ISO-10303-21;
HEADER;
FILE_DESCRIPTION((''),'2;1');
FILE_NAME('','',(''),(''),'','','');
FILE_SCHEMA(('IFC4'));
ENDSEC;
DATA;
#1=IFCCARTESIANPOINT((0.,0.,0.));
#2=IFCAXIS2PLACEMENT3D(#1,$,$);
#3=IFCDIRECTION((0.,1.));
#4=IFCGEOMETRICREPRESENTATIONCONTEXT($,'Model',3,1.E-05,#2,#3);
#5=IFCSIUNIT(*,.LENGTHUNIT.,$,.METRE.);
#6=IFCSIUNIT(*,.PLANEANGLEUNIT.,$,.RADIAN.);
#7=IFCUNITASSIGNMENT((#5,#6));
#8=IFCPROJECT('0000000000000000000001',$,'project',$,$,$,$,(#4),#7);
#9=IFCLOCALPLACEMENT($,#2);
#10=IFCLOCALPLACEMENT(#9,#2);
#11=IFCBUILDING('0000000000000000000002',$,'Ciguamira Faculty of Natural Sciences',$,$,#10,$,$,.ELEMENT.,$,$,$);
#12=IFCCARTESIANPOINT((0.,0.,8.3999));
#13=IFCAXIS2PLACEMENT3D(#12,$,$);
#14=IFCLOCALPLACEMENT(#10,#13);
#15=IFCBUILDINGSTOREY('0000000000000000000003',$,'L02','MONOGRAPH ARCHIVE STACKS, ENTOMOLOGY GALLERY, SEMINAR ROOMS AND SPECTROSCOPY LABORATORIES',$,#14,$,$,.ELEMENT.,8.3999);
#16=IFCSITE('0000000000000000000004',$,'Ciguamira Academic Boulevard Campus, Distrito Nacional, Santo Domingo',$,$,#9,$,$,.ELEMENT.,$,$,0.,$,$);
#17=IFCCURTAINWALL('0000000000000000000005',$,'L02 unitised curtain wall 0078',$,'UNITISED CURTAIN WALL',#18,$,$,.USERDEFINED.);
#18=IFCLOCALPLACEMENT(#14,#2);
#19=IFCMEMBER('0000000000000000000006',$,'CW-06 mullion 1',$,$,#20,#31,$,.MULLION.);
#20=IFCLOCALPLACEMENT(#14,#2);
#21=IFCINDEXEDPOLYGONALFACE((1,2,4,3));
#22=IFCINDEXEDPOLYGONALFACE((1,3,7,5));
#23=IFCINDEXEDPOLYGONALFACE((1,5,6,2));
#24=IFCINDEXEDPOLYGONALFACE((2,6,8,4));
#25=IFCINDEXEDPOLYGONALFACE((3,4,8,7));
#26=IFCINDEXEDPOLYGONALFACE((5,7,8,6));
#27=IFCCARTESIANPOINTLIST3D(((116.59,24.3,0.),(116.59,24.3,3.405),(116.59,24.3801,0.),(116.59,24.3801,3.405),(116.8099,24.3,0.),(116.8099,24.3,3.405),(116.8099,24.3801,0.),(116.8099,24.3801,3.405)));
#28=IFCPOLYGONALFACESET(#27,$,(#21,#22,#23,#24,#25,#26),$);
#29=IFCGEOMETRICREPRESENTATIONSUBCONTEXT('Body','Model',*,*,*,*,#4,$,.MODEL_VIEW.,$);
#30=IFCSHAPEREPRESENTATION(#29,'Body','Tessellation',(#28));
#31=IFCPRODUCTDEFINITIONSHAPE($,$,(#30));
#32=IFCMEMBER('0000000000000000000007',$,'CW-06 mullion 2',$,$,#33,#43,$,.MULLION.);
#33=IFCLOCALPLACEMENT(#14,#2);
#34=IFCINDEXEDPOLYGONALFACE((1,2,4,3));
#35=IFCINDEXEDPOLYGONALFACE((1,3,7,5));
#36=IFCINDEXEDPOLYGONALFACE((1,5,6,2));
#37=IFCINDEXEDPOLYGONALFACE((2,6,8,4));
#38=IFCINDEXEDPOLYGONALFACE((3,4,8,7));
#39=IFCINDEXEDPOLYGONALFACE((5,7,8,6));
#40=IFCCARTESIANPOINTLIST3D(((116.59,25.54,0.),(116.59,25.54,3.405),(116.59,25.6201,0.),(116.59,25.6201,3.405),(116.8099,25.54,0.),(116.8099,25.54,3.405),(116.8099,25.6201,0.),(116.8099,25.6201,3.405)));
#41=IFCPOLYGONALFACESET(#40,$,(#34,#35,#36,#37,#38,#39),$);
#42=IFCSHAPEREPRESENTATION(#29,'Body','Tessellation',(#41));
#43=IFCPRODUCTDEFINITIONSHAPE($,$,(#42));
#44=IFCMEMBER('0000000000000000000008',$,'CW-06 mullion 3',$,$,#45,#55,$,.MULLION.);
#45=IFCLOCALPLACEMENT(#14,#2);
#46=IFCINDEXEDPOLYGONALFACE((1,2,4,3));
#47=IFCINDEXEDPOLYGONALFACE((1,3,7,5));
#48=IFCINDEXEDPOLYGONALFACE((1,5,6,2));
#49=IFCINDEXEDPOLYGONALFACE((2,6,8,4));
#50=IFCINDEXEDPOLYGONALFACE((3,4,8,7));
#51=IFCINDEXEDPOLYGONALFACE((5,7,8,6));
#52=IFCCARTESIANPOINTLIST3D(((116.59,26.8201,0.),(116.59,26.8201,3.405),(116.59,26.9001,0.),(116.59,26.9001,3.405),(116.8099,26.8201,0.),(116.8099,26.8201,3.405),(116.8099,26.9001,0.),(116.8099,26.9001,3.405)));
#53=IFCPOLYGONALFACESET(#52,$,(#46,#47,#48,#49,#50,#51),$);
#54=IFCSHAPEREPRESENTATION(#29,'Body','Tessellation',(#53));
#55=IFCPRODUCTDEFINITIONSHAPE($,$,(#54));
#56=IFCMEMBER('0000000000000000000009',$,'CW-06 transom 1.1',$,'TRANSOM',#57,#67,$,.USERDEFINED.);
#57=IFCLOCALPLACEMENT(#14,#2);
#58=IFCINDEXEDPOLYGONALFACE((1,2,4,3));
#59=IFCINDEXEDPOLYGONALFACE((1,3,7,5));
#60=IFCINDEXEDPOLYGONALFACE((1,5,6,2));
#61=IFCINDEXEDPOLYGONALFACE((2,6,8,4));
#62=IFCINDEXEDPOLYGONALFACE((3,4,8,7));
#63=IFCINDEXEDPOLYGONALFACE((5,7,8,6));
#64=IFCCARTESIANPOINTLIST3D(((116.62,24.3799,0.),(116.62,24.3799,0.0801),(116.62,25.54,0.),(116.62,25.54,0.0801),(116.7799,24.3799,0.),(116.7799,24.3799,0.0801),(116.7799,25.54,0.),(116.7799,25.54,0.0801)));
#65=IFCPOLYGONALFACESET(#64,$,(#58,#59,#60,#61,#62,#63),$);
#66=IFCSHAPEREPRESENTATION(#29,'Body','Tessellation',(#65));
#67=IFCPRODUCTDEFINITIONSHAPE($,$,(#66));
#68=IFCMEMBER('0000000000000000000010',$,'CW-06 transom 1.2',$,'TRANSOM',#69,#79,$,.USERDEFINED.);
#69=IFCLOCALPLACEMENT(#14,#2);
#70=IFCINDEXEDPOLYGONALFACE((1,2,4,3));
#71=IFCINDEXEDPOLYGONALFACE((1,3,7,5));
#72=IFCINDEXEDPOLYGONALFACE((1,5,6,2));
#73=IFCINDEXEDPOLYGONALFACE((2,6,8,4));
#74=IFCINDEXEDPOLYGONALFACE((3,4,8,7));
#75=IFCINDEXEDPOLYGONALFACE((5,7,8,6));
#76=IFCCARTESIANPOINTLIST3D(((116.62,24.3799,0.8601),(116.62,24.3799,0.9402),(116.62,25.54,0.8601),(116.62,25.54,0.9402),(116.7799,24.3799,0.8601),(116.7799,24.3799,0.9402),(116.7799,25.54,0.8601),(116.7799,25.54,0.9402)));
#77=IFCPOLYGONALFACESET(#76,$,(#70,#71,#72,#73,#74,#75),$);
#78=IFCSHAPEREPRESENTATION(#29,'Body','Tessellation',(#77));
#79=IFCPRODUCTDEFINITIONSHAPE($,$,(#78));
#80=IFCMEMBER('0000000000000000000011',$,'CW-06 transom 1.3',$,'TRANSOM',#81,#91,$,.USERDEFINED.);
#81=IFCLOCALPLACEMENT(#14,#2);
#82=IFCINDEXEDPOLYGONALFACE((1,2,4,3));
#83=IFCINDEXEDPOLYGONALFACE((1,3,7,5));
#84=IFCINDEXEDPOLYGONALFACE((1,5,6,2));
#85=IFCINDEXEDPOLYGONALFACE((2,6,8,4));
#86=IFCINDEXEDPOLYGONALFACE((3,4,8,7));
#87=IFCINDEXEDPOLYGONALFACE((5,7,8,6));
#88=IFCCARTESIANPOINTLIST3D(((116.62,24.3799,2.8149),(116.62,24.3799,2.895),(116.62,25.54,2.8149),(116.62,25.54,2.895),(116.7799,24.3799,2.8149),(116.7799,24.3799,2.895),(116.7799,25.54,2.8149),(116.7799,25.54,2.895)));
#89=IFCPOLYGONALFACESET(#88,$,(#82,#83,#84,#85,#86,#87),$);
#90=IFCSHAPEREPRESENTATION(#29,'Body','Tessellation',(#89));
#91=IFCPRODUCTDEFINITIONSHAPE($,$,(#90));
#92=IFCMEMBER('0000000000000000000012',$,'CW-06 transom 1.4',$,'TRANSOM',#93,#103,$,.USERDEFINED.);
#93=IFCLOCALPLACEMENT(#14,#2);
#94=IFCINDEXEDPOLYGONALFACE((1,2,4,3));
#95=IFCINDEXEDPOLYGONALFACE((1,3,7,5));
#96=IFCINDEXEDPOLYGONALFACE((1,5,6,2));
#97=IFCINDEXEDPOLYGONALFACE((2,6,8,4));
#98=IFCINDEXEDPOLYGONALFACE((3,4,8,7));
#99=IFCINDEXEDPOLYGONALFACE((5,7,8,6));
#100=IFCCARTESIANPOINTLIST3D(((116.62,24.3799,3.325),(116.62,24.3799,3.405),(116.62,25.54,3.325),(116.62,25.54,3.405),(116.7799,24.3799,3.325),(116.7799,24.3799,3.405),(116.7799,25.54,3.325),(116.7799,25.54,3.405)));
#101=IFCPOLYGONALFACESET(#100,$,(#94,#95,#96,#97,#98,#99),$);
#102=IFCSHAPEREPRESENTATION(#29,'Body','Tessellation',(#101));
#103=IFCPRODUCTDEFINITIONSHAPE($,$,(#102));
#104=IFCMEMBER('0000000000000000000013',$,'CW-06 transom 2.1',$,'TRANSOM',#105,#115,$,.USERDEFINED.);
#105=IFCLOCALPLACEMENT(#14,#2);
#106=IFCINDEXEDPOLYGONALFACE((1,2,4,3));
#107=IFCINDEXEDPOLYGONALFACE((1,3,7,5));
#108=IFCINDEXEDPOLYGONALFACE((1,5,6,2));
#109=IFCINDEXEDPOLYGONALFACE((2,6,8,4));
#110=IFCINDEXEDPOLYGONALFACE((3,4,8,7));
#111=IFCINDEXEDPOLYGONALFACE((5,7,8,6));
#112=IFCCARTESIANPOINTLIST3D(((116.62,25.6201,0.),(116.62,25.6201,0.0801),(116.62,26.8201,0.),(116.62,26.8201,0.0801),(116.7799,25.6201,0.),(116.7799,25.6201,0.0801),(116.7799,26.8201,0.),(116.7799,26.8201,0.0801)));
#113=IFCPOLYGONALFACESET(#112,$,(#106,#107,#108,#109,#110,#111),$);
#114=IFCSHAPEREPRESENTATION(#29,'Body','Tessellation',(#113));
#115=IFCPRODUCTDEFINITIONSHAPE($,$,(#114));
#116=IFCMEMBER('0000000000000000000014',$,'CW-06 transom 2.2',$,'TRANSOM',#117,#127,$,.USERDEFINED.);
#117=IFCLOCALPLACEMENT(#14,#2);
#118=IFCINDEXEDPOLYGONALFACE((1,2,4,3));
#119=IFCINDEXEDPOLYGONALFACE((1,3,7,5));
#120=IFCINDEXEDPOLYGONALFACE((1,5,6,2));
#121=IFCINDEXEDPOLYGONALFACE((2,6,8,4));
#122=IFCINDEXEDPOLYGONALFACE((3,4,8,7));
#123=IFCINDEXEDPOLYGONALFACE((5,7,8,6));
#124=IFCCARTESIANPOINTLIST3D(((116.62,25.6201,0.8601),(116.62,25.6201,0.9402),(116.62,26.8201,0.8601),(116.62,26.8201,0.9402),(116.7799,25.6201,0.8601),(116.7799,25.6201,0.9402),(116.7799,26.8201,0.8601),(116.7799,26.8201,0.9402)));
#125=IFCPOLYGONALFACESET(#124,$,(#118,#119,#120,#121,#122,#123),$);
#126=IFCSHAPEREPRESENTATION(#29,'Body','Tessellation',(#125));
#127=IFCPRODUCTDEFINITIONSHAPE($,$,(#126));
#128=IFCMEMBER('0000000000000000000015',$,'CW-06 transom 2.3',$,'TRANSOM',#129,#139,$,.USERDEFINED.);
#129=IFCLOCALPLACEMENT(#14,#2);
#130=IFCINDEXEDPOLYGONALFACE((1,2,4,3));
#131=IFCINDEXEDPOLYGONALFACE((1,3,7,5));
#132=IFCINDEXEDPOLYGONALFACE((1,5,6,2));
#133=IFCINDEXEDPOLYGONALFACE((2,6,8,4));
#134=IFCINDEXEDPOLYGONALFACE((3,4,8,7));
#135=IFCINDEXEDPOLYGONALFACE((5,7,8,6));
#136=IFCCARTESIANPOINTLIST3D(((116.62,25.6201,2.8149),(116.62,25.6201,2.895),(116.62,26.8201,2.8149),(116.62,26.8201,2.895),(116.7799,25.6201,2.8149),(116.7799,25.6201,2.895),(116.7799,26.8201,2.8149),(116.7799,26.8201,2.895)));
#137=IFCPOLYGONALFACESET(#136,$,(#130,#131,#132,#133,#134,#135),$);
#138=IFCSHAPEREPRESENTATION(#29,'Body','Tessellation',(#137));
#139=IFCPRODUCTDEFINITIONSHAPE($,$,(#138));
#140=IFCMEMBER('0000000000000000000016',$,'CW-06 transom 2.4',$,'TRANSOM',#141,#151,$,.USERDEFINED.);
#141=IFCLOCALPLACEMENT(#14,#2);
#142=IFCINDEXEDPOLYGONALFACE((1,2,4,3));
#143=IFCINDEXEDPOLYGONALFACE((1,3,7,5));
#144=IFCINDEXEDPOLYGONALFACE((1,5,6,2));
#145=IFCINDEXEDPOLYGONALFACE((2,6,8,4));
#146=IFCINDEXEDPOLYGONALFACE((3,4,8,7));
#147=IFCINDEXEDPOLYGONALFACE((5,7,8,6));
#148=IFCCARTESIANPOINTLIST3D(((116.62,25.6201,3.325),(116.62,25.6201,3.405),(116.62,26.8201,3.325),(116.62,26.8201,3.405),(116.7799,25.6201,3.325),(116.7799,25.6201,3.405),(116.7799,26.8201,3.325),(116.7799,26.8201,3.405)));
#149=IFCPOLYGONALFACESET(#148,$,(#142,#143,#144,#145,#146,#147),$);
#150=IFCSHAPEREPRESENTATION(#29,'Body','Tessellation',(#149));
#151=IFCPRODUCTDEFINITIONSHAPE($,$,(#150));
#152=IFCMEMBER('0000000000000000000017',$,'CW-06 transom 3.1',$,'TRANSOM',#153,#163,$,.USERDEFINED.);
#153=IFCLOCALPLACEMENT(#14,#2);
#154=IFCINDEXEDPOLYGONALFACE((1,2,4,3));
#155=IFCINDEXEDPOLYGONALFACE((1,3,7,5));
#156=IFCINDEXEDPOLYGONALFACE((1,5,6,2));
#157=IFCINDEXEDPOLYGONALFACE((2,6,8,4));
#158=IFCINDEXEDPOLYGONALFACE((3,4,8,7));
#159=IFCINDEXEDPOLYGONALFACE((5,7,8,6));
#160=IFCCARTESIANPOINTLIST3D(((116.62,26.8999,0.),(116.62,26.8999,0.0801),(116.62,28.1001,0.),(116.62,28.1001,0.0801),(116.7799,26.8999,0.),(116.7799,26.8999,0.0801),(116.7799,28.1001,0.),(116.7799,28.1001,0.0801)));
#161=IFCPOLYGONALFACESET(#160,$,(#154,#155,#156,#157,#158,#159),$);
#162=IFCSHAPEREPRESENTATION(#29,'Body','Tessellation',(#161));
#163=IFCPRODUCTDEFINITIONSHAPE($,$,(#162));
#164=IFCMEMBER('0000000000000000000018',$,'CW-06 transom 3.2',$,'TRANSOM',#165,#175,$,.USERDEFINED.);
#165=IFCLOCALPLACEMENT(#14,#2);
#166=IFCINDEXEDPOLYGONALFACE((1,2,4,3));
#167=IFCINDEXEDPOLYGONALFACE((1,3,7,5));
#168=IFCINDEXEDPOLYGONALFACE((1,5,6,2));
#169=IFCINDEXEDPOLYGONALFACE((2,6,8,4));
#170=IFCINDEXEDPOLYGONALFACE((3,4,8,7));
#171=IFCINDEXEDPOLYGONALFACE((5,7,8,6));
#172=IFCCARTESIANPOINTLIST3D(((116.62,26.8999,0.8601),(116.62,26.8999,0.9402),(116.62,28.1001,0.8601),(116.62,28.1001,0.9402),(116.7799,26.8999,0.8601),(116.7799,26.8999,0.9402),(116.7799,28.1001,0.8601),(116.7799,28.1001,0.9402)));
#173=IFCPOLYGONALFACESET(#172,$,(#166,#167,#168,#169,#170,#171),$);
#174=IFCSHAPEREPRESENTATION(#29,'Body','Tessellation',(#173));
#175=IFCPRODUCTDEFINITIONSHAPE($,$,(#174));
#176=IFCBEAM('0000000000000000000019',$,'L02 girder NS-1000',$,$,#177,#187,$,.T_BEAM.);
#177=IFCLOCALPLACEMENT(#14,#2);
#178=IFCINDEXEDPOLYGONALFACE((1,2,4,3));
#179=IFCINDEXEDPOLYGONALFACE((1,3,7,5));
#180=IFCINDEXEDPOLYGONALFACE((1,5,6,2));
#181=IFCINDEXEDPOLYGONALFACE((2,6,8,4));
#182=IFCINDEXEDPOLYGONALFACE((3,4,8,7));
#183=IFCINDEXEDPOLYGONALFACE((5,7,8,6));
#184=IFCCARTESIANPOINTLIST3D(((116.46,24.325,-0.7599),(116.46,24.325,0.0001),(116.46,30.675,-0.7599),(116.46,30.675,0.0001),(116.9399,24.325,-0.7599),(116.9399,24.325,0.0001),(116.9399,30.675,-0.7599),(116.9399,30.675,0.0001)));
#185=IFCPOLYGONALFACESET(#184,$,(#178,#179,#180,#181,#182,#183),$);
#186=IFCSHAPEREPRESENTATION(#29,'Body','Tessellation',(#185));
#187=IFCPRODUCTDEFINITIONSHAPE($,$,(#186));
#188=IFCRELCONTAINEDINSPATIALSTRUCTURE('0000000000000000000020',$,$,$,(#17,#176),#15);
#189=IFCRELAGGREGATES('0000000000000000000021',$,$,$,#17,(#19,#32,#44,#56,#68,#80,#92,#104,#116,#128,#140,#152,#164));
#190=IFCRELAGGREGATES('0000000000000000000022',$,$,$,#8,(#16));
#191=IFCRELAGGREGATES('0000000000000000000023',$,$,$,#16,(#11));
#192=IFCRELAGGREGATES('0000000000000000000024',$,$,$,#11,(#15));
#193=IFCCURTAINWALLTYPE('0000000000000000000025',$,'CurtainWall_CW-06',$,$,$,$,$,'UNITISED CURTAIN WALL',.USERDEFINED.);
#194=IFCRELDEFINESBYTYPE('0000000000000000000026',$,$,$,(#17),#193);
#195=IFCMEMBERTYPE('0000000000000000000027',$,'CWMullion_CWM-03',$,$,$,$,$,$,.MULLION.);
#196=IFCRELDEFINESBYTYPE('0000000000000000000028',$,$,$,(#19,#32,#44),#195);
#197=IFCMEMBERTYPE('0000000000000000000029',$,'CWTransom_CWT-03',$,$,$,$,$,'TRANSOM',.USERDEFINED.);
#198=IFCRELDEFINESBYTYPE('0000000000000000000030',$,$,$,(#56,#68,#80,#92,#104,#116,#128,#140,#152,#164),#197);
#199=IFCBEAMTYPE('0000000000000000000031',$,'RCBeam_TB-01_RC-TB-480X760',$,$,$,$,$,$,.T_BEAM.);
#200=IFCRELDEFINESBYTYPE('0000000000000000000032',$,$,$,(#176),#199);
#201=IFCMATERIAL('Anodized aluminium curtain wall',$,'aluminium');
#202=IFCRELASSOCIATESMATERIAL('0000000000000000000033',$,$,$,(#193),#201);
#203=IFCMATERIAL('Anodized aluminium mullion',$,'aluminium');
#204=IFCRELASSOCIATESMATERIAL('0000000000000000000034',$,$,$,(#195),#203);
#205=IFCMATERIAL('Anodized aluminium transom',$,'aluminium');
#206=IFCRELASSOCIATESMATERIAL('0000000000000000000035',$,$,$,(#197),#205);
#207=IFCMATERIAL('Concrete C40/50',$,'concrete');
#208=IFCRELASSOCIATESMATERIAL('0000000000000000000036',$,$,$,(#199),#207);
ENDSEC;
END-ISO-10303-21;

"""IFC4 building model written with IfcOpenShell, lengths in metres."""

from ifc_helpers import new_model, si_unit, direction, frame, origin, origin_2d, place, context, subcontext, project, spatial, rectangle, extrude, material, material_profile, profile_set, type_object, element, aggregate, save


model = new_model("IFC4")

# Units and contexts
model_context = context("Model", 3, precision=1e-05, world=origin(), true_north=direction((0.0, 1.0)))
body_context = subcontext(model_context, "Body", "Model", "MODEL_VIEW")
ifc_project = project(units=[si_unit("LENGTHUNIT", "METRE"), si_unit("PLANEANGLEUNIT", "RADIAN")], contexts=[model_context])

# Site, building, storey
site_placement = place(None, origin())
site = spatial("IfcSite", under=ifc_project, at=site_placement, Name="Ciguamira Academic Boulevard Campus, Distrito Nacional, Santo Domingo", CompositionType="ELEMENT", RefElevation=0.0)
building_placement = place(site_placement, origin())
building = spatial("IfcBuilding", under=site, at=building_placement, Name="Ciguamira Faculty of Natural Sciences", CompositionType="ELEMENT")
storey_placement = place(building_placement, frame((0.0, 0.0, 8.3999)))
storey = spatial("IfcBuildingStorey", under=building, at=storey_placement, Name="L02", Description="MONOGRAPH ARCHIVE STACKS, ENTOMOLOGY GALLERY, SEMINAR ROOMS AND SPECTROSCOPY LABORATORIES", CompositionType="ELEMENT", Elevation=8.3999)

# Curtain wall, members
ifc_material_1 = material(Name="Anodized aluminium curtain wall", Category="aluminium")
curtain_wall_type = type_object("IfcCurtainWallType", Name="CurtainWall_CW-06", ElementType="UNITISED CURTAIN WALL", PredefinedType="USERDEFINED", material=ifc_material_1)
curtain_wall_placement = place(storey_placement, origin())
curtain_wall = element("IfcCurtainWall", 1, at=curtain_wall_placement, inside=storey, type_object=curtain_wall_type, Name="L02 unitised curtain wall 0078", ObjectType="UNITISED CURTAIN WALL", PredefinedType="USERDEFINED")
ifc_material_2 = material(Name="Anodized aluminium mullion", Category="aluminium")
ifc_material_profile_1 = material_profile(ifc_material_2, rectangle(XDim=0.0801, YDim=0.22, at=origin_2d()), Name="ALU-MUL-80X220")
ifc_profile_set_1 = profile_set([ifc_material_profile_1], Name="Anodized aluminium mullion")
member_type_1 = type_object("IfcMemberType", Name="CWMullion_CWM-03", PredefinedType="MULLION", material=ifc_profile_set_1)
member_1_placement = place(storey_placement, frame((116.7, 24.3401, 0.0), z_axis=(0.0, 0.0, 1.0), x_axis=(0.0, 1.0, 0.0)))
member_1 = element("IfcMember", 2, at=member_1_placement, type_object=member_type_1, Name="CW-06 mullion 1", PredefinedType="MULLION", context=body_context, shape_type="SweptSolid", body=[
    extrude(rectangle(XDim=0.0801, YDim=0.22, at=origin_2d()), origin(), (0.0, 0.0, 1.0), 3.405),
])
member_2_placement = place(storey_placement, frame((116.7, 25.5801, 0.0), z_axis=(0.0, 0.0, 1.0), x_axis=(0.0, 1.0, 0.0)))
member_2 = element("IfcMember", 3, at=member_2_placement, type_object=member_type_1, Name="CW-06 mullion 2", PredefinedType="MULLION", context=body_context, shape_type="SweptSolid", body=[
    extrude(rectangle(XDim=0.0801, YDim=0.22, at=origin_2d()), origin(), (0.0, 0.0, 1.0), 3.405),
])
member_3_placement = place(storey_placement, frame((116.7, 26.8601, 0.0), z_axis=(0.0, 0.0, 1.0), x_axis=(0.0, 1.0, 0.0)))
member_3 = element("IfcMember", 4, at=member_3_placement, type_object=member_type_1, Name="CW-06 mullion 3", PredefinedType="MULLION", context=body_context, shape_type="SweptSolid", body=[
    extrude(rectangle(XDim=0.0801, YDim=0.22, at=origin_2d()), origin(), (0.0, 0.0, 1.0), 3.405),
])
ifc_material_3 = material(Name="Anodized aluminium transom", Category="aluminium")
ifc_material_profile_2 = material_profile(ifc_material_3, rectangle(XDim=0.0801, YDim=0.1599, at=origin_2d()), Name="ALU-TRN-80X160")
ifc_profile_set_2 = profile_set([ifc_material_profile_2], Name="Anodized aluminium transom")
member_type_2 = type_object("IfcMemberType", Name="CWTransom_CWT-03", ElementType="TRANSOM", PredefinedType="USERDEFINED", material=ifc_profile_set_2)
member_4_placement = place(storey_placement, frame((116.7, 24.3799, 0.04), z_axis=(0.0, 1.0, 0.0), x_axis=(0.0, 0.0, 1.0)))
member_4 = element("IfcMember", 5, at=member_4_placement, type_object=member_type_2, Name="CW-06 transom 1.1", ObjectType="TRANSOM", PredefinedType="USERDEFINED", context=body_context, shape_type="SweptSolid", body=[
    extrude(rectangle(XDim=0.0801, YDim=0.1599, at=origin_2d()), origin(), (0.0, 0.0, 1.0), 1.1602),
])
member_5_placement = place(storey_placement, frame((116.7, 24.3799, 0.9001), z_axis=(0.0, 1.0, 0.0), x_axis=(0.0, 0.0, 1.0)))
member_5 = element("IfcMember", 6, at=member_5_placement, type_object=member_type_2, Name="CW-06 transom 1.2", ObjectType="TRANSOM", PredefinedType="USERDEFINED", context=body_context, shape_type="SweptSolid", body=[
    extrude(rectangle(XDim=0.0801, YDim=0.1599, at=origin_2d()), origin(), (0.0, 0.0, 1.0), 1.1602),
])
member_6_placement = place(storey_placement, frame((116.7, 24.3799, 2.855), z_axis=(0.0, 1.0, 0.0), x_axis=(0.0, 0.0, 1.0)))
member_6 = element("IfcMember", 7, at=member_6_placement, type_object=member_type_2, Name="CW-06 transom 1.3", ObjectType="TRANSOM", PredefinedType="USERDEFINED", context=body_context, shape_type="SweptSolid", body=[
    extrude(rectangle(XDim=0.0801, YDim=0.1599, at=origin_2d()), origin(), (0.0, 0.0, 1.0), 1.1602),
])
member_7_placement = place(storey_placement, frame((116.7, 24.3799, 3.365), z_axis=(0.0, 1.0, 0.0), x_axis=(0.0, 0.0, 1.0)))
member_7 = element("IfcMember", 8, at=member_7_placement, type_object=member_type_2, Name="CW-06 transom 1.4", ObjectType="TRANSOM", PredefinedType="USERDEFINED", context=body_context, shape_type="SweptSolid", body=[
    extrude(rectangle(XDim=0.0801, YDim=0.1599, at=origin_2d()), origin(), (0.0, 0.0, 1.0), 1.1602),
])
member_8_placement = place(storey_placement, frame((116.7, 25.6201, 0.04), z_axis=(0.0, 1.0, 0.0), x_axis=(0.0, 0.0, 1.0)))
member_8 = element("IfcMember", 9, at=member_8_placement, type_object=member_type_2, Name="CW-06 transom 2.1", ObjectType="TRANSOM", PredefinedType="USERDEFINED", context=body_context, shape_type="SweptSolid", body=[
    extrude(rectangle(XDim=0.0801, YDim=0.1599, at=origin_2d()), origin(), (0.0, 0.0, 1.0), 1.2),
])
member_9_placement = place(storey_placement, frame((116.7, 25.6201, 0.9001), z_axis=(0.0, 1.0, 0.0), x_axis=(0.0, 0.0, 1.0)))
member_9 = element("IfcMember", 10, at=member_9_placement, type_object=member_type_2, Name="CW-06 transom 2.2", ObjectType="TRANSOM", PredefinedType="USERDEFINED", context=body_context, shape_type="SweptSolid", body=[
    extrude(rectangle(XDim=0.0801, YDim=0.1599, at=origin_2d()), origin(), (0.0, 0.0, 1.0), 1.2),
])
member_10_placement = place(storey_placement, frame((116.7, 25.6201, 2.855), z_axis=(0.0, 1.0, 0.0), x_axis=(0.0, 0.0, 1.0)))
member_10 = element("IfcMember", 11, at=member_10_placement, type_object=member_type_2, Name="CW-06 transom 2.3", ObjectType="TRANSOM", PredefinedType="USERDEFINED", context=body_context, shape_type="SweptSolid", body=[
    extrude(rectangle(XDim=0.0801, YDim=0.1599, at=origin_2d()), origin(), (0.0, 0.0, 1.0), 1.2),
])
member_11_placement = place(storey_placement, frame((116.7, 25.6201, 3.365), z_axis=(0.0, 1.0, 0.0), x_axis=(0.0, 0.0, 1.0)))
member_11 = element("IfcMember", 12, at=member_11_placement, type_object=member_type_2, Name="CW-06 transom 2.4", ObjectType="TRANSOM", PredefinedType="USERDEFINED", context=body_context, shape_type="SweptSolid", body=[
    extrude(rectangle(XDim=0.0801, YDim=0.1599, at=origin_2d()), origin(), (0.0, 0.0, 1.0), 1.2),
])
member_12_placement = place(storey_placement, frame((116.7, 26.8999, 0.04), z_axis=(0.0, 1.0, 0.0), x_axis=(0.0, 0.0, 1.0)))
member_12 = element("IfcMember", 13, at=member_12_placement, type_object=member_type_2, Name="CW-06 transom 3.1", ObjectType="TRANSOM", PredefinedType="USERDEFINED", context=body_context, shape_type="SweptSolid", body=[
    extrude(rectangle(XDim=0.0801, YDim=0.1599, at=origin_2d()), origin(), (0.0, 0.0, 1.0), 1.2002),
])
member_13_placement = place(storey_placement, frame((116.7, 26.8999, 0.9001), z_axis=(0.0, 1.0, 0.0), x_axis=(0.0, 0.0, 1.0)))
member_13 = element("IfcMember", 14, at=member_13_placement, type_object=member_type_2, Name="CW-06 transom 3.2", ObjectType="TRANSOM", PredefinedType="USERDEFINED", context=body_context, shape_type="SweptSolid", body=[
    extrude(rectangle(XDim=0.0801, YDim=0.1599, at=origin_2d()), origin(), (0.0, 0.0, 1.0), 1.2002),
])

# Beam
ifc_material_4 = material(Name="Concrete C40/50", Category="concrete")
ifc_material_profile_3 = material_profile(ifc_material_4, rectangle(XDim=0.48, YDim=0.76, at=origin_2d()), Name="RC-TB-480X760")
ifc_profile_set_3 = profile_set([ifc_material_profile_3], Name="Concrete C40/50")
beam_type_1 = type_object("IfcBeamType", Name="RCBeam_TB-01_RC-TB-480X760", PredefinedType="T_BEAM", material=ifc_profile_set_3)
beam_1_placement = place(storey_placement, frame((116.7, 24.325, -0.3799), z_axis=(0.0, 1.0, 0.0), x_axis=(-1.0, 0.0, 0.0)))
element("IfcBeam", 15, at=beam_1_placement, inside=storey, type_object=beam_type_1, Name="L02 girder NS-1000", PredefinedType="T_BEAM", context=body_context, shape_type="SweptSolid", body=[
    extrude(rectangle(XDim=0.48, YDim=0.76, at=origin_2d()), origin(), (0.0, 0.0, 1.0), 6.3501),
])

aggregate(curtain_wall, [member_1, member_2, member_3, member_4, member_5, member_6, member_7, member_8, member_9, member_10, member_11, member_12, member_13])

save(model, "model.ifc")
